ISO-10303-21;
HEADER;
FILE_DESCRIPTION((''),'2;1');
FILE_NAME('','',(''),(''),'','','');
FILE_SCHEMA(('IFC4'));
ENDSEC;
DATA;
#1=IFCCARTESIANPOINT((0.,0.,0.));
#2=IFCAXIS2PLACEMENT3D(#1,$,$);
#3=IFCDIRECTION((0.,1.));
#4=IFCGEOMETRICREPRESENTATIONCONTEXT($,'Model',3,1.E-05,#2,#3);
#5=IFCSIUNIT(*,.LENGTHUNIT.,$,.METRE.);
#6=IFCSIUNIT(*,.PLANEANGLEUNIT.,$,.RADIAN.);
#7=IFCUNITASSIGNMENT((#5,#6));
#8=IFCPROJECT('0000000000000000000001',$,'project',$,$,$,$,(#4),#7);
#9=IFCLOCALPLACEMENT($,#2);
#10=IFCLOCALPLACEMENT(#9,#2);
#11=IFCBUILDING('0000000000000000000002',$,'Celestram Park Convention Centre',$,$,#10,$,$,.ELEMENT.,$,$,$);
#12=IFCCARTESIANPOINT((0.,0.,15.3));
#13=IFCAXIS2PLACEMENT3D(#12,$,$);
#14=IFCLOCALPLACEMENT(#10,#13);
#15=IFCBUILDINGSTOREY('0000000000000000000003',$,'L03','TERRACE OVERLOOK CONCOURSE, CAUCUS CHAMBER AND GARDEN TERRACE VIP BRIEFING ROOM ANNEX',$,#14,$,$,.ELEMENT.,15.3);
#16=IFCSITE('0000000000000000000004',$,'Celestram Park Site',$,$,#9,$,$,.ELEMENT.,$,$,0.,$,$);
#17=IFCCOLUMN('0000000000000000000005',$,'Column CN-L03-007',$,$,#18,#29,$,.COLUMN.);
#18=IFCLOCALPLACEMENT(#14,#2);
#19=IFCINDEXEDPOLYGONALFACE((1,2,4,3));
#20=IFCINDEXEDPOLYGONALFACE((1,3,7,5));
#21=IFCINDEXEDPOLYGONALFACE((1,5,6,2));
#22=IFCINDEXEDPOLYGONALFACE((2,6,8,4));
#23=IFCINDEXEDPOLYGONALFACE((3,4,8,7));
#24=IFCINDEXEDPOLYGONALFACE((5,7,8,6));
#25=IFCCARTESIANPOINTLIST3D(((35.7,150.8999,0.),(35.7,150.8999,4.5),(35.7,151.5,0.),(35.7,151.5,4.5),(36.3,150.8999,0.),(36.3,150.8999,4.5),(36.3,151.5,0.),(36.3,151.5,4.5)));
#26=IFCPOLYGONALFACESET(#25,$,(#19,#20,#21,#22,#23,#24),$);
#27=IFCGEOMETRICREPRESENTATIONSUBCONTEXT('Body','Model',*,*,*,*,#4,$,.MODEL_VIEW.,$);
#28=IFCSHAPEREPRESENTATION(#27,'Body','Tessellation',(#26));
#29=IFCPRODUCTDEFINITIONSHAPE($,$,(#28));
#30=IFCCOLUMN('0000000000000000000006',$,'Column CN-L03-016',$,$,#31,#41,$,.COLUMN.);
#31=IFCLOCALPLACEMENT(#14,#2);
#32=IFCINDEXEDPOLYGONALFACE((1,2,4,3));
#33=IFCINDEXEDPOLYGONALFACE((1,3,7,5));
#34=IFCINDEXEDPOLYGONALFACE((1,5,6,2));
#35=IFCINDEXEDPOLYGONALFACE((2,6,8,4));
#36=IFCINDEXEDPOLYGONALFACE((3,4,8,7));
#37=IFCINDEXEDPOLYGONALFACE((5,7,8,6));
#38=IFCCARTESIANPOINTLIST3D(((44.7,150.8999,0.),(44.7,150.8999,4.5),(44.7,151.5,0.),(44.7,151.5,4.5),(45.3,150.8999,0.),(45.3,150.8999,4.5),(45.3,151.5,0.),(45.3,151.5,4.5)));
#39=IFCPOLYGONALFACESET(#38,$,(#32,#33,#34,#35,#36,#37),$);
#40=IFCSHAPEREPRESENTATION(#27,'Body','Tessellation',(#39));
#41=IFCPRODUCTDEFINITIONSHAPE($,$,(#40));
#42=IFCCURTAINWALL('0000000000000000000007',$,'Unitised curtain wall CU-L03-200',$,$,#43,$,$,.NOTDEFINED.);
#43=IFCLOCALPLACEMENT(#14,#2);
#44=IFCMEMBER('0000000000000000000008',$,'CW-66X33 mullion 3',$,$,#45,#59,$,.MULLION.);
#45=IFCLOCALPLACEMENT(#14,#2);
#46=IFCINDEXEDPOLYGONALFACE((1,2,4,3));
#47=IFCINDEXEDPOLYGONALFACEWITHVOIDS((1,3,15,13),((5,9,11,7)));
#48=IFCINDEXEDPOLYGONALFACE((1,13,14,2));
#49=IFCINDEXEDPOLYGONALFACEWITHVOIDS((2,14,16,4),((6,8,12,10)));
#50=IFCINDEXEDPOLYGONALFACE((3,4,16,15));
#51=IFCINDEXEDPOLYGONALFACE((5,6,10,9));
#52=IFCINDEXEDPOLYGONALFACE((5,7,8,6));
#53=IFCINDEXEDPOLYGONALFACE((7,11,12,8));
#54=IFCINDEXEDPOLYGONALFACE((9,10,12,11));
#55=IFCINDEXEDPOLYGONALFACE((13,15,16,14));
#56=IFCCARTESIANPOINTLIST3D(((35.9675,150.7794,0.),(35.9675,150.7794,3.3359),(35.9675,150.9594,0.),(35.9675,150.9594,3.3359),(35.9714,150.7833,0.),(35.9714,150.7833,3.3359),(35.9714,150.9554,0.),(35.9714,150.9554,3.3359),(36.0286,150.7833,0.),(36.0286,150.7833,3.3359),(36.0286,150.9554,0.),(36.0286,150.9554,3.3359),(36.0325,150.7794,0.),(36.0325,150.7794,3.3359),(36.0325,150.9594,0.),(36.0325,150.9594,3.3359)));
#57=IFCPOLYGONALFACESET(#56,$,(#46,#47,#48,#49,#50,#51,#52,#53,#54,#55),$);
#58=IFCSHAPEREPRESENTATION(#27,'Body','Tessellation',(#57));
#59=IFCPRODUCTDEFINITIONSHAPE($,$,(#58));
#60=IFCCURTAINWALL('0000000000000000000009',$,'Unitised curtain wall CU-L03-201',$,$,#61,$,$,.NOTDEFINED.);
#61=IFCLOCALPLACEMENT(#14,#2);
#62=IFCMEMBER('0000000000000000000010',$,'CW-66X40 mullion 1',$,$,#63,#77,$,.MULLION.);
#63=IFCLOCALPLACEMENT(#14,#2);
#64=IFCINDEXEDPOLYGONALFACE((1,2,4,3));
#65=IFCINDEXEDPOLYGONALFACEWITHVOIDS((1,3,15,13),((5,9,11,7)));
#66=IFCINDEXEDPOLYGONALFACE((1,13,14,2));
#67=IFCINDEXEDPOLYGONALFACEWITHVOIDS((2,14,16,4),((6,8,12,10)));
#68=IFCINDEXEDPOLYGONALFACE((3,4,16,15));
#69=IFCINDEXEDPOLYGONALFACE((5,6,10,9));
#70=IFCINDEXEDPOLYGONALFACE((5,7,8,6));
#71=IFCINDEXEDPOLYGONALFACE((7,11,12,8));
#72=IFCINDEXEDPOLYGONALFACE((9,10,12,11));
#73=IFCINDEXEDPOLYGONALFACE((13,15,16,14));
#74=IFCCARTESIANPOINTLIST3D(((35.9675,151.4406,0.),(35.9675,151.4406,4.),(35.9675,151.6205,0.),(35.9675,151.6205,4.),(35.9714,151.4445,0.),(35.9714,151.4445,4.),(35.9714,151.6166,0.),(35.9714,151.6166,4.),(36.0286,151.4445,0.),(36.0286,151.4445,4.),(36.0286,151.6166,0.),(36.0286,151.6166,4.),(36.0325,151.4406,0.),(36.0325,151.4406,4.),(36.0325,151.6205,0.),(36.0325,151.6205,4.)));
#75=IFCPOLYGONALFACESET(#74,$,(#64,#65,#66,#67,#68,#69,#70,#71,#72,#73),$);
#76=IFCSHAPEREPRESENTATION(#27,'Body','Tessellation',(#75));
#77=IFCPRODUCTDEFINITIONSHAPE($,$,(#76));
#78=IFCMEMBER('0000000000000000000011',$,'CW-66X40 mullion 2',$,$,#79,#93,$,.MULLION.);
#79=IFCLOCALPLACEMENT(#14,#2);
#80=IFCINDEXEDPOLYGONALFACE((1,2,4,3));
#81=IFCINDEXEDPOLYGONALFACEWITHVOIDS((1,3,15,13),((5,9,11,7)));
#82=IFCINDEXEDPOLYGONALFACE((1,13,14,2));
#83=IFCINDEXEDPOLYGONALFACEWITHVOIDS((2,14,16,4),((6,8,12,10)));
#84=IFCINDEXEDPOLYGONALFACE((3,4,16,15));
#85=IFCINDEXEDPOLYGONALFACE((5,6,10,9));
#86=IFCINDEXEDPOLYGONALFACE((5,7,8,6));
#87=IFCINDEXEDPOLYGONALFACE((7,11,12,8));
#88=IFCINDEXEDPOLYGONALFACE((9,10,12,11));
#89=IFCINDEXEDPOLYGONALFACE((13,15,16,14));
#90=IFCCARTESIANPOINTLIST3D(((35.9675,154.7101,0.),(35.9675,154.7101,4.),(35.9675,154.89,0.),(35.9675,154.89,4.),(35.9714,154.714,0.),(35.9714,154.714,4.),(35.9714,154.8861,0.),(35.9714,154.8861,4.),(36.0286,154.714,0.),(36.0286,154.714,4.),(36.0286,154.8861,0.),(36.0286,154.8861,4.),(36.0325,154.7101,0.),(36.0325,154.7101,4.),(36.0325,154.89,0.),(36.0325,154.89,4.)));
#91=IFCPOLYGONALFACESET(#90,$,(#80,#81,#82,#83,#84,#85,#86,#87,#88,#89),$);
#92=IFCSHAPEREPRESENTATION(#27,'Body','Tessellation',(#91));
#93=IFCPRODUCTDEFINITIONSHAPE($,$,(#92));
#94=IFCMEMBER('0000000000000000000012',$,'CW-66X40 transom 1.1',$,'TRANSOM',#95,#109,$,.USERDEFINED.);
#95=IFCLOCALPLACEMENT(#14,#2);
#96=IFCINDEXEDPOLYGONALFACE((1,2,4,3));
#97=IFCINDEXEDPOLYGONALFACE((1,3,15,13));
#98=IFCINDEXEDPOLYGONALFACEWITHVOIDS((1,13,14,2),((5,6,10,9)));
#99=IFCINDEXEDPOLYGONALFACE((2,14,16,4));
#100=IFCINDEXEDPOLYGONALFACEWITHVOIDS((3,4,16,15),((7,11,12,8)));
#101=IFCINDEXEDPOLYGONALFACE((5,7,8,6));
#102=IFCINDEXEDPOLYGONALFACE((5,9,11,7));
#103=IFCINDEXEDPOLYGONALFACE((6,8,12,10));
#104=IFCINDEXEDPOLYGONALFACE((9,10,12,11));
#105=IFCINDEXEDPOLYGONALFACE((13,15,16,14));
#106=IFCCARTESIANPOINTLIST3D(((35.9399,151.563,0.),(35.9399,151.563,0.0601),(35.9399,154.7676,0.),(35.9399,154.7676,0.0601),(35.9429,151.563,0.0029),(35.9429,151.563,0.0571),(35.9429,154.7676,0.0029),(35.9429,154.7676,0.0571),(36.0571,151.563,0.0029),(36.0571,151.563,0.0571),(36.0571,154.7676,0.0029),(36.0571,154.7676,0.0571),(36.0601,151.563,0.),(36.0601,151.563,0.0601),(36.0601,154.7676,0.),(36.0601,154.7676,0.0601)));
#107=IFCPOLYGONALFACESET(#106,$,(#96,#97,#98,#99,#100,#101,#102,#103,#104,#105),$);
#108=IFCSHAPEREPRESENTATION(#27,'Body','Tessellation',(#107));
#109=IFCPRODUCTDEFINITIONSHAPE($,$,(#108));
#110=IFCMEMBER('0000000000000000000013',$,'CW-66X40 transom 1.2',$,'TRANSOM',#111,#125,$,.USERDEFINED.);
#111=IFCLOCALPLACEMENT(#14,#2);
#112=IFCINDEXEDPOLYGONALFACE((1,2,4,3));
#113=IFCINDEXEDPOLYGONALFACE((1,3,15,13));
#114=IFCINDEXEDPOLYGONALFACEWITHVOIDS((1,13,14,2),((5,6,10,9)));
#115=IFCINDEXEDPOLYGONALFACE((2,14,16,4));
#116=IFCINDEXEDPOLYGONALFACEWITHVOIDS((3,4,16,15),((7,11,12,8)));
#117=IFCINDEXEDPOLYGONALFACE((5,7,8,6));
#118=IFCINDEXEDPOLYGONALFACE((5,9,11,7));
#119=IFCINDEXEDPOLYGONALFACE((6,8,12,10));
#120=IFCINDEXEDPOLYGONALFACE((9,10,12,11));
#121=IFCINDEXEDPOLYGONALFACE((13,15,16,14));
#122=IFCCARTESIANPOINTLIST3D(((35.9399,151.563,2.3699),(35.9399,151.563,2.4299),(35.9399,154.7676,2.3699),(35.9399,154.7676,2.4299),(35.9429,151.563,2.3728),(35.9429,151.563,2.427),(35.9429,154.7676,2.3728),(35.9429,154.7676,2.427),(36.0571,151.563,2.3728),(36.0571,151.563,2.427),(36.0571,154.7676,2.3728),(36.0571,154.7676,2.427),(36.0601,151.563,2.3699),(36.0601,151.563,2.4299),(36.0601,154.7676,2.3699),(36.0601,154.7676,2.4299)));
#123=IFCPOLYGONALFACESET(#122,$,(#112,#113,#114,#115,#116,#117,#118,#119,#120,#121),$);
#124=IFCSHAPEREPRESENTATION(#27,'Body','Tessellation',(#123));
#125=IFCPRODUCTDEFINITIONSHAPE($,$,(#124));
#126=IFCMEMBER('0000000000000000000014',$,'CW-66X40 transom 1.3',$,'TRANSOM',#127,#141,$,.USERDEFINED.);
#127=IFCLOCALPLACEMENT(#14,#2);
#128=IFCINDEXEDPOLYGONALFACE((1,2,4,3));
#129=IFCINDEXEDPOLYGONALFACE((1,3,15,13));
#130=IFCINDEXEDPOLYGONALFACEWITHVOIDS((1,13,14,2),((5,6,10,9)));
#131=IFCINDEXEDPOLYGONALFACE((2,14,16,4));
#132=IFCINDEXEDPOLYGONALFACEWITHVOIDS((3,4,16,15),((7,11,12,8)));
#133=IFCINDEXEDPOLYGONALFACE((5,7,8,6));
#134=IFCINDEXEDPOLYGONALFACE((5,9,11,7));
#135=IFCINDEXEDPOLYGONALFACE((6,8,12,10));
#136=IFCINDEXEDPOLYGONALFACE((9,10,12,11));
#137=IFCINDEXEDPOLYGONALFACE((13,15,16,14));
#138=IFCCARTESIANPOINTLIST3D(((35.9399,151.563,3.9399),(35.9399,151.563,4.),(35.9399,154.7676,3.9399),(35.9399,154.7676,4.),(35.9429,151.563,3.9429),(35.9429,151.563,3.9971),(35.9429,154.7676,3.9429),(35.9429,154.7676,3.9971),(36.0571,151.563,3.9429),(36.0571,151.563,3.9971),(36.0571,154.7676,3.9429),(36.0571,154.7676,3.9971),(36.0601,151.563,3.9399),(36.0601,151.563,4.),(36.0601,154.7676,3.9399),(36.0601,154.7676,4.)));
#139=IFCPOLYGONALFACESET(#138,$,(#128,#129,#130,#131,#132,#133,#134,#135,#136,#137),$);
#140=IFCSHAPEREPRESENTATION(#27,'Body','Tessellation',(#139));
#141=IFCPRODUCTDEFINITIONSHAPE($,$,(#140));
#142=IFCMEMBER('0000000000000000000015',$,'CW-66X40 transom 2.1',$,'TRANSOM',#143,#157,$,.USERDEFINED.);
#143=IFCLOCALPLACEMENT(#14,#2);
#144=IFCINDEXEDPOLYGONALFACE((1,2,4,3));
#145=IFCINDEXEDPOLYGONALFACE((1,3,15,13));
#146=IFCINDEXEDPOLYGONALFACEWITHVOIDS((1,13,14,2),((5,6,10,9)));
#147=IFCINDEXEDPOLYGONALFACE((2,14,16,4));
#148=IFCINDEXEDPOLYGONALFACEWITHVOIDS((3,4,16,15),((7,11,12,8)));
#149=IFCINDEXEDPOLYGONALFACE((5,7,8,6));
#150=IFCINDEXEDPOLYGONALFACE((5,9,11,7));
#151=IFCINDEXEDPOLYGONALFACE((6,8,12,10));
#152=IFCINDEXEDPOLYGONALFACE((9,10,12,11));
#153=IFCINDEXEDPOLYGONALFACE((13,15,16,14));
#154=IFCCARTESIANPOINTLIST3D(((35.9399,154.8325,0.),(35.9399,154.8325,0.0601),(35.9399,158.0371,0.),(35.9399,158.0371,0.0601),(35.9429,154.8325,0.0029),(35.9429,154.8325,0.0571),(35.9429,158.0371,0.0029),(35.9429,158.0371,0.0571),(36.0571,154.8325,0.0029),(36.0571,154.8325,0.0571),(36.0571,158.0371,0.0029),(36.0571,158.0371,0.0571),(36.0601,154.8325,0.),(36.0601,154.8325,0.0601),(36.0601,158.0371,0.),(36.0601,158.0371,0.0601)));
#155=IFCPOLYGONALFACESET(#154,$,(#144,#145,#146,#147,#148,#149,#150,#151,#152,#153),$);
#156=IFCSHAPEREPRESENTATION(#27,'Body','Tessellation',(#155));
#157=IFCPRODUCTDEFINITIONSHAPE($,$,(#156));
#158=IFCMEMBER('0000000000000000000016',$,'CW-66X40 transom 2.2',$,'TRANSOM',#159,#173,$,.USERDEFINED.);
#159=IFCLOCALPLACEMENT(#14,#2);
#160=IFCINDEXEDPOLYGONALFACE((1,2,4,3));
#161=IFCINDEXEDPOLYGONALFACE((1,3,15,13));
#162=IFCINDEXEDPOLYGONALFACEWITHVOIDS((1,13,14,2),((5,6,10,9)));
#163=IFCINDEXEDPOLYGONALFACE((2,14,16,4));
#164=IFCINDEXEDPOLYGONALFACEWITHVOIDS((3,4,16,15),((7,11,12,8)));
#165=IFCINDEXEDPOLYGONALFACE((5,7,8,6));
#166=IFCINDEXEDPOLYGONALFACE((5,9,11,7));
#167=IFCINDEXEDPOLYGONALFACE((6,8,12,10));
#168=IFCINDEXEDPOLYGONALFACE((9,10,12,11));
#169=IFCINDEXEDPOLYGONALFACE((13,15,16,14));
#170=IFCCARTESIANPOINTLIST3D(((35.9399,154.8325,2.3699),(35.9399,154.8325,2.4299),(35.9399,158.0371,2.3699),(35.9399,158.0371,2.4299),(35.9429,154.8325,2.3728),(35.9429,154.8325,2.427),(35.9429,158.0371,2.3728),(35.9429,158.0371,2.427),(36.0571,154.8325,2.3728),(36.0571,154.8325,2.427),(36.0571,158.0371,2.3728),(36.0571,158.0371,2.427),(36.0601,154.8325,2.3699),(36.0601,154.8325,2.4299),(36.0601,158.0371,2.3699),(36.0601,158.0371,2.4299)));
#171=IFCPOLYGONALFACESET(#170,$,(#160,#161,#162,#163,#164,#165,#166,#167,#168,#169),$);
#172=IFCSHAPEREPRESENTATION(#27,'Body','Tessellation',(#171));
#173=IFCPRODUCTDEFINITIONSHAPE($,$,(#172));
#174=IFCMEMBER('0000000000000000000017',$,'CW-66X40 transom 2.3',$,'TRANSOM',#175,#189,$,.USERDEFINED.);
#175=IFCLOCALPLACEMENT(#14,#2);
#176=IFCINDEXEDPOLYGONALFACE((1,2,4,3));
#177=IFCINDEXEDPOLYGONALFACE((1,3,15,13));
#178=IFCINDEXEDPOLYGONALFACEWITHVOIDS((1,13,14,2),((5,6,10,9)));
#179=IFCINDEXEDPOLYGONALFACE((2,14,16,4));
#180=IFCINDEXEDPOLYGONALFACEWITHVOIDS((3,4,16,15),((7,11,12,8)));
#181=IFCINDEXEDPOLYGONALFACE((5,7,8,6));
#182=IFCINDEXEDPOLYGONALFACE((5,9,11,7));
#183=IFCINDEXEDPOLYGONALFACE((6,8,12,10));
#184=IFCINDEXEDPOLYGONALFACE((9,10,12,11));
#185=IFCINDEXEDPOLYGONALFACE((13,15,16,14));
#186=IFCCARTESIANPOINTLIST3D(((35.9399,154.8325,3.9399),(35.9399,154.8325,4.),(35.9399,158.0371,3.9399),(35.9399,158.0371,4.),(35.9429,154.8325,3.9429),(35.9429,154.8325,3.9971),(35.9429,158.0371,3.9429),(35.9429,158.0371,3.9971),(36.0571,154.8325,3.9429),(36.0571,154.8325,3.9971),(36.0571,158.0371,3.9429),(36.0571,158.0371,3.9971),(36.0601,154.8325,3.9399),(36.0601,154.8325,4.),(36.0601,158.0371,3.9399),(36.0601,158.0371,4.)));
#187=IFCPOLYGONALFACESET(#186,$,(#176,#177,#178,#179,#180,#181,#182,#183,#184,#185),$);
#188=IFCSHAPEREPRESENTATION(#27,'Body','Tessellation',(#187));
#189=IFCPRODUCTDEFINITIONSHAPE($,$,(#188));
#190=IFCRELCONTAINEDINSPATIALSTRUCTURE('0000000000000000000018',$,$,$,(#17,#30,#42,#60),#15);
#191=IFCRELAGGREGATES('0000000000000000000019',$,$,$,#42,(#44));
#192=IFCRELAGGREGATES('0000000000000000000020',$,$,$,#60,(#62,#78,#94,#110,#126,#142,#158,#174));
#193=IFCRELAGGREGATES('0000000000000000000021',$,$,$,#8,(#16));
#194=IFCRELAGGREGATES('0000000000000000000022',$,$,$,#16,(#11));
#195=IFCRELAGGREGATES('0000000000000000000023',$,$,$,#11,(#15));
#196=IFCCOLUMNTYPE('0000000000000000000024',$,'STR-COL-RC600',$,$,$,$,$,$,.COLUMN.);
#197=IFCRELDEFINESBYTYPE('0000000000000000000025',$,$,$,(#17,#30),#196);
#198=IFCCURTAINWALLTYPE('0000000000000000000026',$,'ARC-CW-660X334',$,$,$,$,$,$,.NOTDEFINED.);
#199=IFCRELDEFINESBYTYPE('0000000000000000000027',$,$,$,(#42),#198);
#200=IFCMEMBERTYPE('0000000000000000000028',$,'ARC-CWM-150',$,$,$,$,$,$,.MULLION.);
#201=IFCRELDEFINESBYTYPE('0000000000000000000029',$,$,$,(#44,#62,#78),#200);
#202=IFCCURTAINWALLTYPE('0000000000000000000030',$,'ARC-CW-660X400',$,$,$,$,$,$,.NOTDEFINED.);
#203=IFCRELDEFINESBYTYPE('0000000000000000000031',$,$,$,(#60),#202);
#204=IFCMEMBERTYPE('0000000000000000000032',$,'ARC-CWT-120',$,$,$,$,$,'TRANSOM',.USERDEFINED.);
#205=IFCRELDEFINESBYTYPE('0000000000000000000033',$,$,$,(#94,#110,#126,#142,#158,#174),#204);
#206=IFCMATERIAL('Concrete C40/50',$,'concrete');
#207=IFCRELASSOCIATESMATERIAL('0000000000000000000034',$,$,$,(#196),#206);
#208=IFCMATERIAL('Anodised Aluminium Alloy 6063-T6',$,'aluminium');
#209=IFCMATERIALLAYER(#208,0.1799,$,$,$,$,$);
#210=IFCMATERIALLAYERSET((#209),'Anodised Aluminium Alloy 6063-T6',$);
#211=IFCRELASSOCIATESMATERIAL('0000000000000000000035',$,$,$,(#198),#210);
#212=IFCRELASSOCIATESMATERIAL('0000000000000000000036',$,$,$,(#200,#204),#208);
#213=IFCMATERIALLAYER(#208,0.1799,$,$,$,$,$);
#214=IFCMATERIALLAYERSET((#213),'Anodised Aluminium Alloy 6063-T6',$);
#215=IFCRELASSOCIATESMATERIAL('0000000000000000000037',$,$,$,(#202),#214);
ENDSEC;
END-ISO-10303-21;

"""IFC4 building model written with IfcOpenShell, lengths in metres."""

from ifc_helpers import new_model, si_unit, direction, frame, origin, origin_2d, place, context, subcontext, project, spatial, rectangle, hollow_rectangle, extrude, material, layer, layer_set, material_profile, profile_set, type_object, element, aggregate, save


model = new_model("IFC4")

# Units and contexts
model_context = context("Model", 3, precision=1e-05, world=origin(), true_north=direction((0.0, 1.0)))
body_context = subcontext(model_context, "Body", "Model", "MODEL_VIEW")
ifc_project = project(units=[si_unit("LENGTHUNIT", "METRE"), si_unit("PLANEANGLEUNIT", "RADIAN")], contexts=[model_context])

# Site, building, storey
site_placement = place(None, origin())
site = spatial("IfcSite", under=ifc_project, at=site_placement, Name="Celestram Park Site", CompositionType="ELEMENT", RefElevation=0.0)
building_placement = place(site_placement, origin())
building = spatial("IfcBuilding", under=site, at=building_placement, Name="Celestram Park Convention Centre", CompositionType="ELEMENT")
storey_placement = place(building_placement, frame((0.0, 0.0, 15.3)))
storey = spatial("IfcBuildingStorey", under=building, at=storey_placement, Name="L03", Description="TERRACE OVERLOOK CONCOURSE, CAUCUS CHAMBER AND GARDEN TERRACE VIP BRIEFING ROOM ANNEX", CompositionType="ELEMENT", Elevation=15.3)

# Columns
ifc_material_1 = material(Name="Concrete C40/50", Category="concrete")
ifc_material_profile_1 = material_profile(ifc_material_1, rectangle(XDim=0.6001, YDim=0.6001, at=origin_2d()), Name="RC600X600")
ifc_profile_set_1 = profile_set([ifc_material_profile_1], Name="Concrete C40/50")
column_type = type_object("IfcColumnType", Name="STR-COL-RC600", PredefinedType="COLUMN", material=ifc_profile_set_1)
for number, where, z_axis, x_axis, name in (
    (1, (36.0, 151.2, 0.0), (0.0, 0.0, 1.0), (1.0, 0.0, 0.0), "Column CN-L03-007"),
    (2, (45.0, 151.2, 0.0), (0.0, 0.0, 1.0), (1.0, 0.0, 0.0), "Column CN-L03-016"),
):
    element("IfcColumn", number, at=place(storey_placement, frame(where, z_axis=z_axis, x_axis=x_axis)), inside=storey, type_object=column_type, Name=name, PredefinedType="COLUMN", context=body_context, shape_type="SweptSolid", body=[
        extrude(rectangle(XDim=0.6001, YDim=0.6001, at=origin_2d()), origin(), (0.0, 0.0, 1.0), 4.5),
    ])

# Curtain wall, member
ifc_material_2 = material(Name="Anodised Aluminium Alloy 6063-T6", Category="aluminium")
ifc_layer_1 = layer(ifc_material_2, 0.1799)
ifc_layer_set_1 = layer_set([ifc_layer_1], Name="Anodised Aluminium Alloy 6063-T6")
curtain_wall_type_1 = type_object("IfcCurtainWallType", Name="ARC-CW-660X334", PredefinedType="NOTDEFINED", material=ifc_layer_set_1)
curtain_wall_1_placement = place(storey_placement, origin())
curtain_wall_1 = element("IfcCurtainWall", 3, at=curtain_wall_1_placement, inside=storey, type_object=curtain_wall_type_1, Name="Unitised curtain wall CU-L03-200", PredefinedType="NOTDEFINED")
ifc_material_profile_2 = material_profile(ifc_material_2, hollow_rectangle(XDim=0.0649, YDim=0.1799, WallThickness=0.0039, at=origin_2d()), Name="ALU65X180X4")
ifc_profile_set_2 = profile_set([ifc_material_profile_2], Name="Anodised Aluminium Alloy 6063-T6")
member_type_1 = type_object("IfcMemberType", Name="ARC-CWM-150", PredefinedType="MULLION", material=ifc_profile_set_2)
member_1_placement = place(storey_placement, frame((36.0, 150.8694, 0.0), z_axis=(0.0, 0.0, 1.0), x_axis=(-1.0, 0.0, 0.0)))
member_1 = element("IfcMember", 4, at=member_1_placement, type_object=member_type_1, Name="CW-66X33 mullion 3", PredefinedType="MULLION", context=body_context, shape_type="SweptSolid", body=[
    extrude(hollow_rectangle(XDim=0.0649, YDim=0.1799, WallThickness=0.0039, at=origin_2d()), origin(), (0.0, 0.0, 1.0), 3.3359),
])
aggregate(curtain_wall_1, [member_1])

# Curtain wall, members
ifc_layer_2 = layer(ifc_material_2, 0.1799)
ifc_layer_set_2 = layer_set([ifc_layer_2], Name="Anodised Aluminium Alloy 6063-T6")
curtain_wall_type_2 = type_object("IfcCurtainWallType", Name="ARC-CW-660X400", PredefinedType="NOTDEFINED", material=ifc_layer_set_2)
curtain_wall_2_placement = place(storey_placement, origin())
curtain_wall_2 = element("IfcCurtainWall", 5, at=curtain_wall_2_placement, inside=storey, type_object=curtain_wall_type_2, Name="Unitised curtain wall CU-L03-201", PredefinedType="NOTDEFINED")
member_2_placement = place(storey_placement, frame((36.0, 151.5305, 0.0), z_axis=(0.0, 0.0, 1.0), x_axis=(-1.0, 0.0, 0.0)))
member_2 = element("IfcMember", 6, at=member_2_placement, type_object=member_type_1, Name="CW-66X40 mullion 1", PredefinedType="MULLION", context=body_context, shape_type="SweptSolid", body=[
    extrude(hollow_rectangle(XDim=0.0649, YDim=0.1799, WallThickness=0.0039, at=origin_2d()), origin(), (0.0, 0.0, 1.0), 4.0),
])
member_3_placement = place(storey_placement, frame((36.0, 154.8, 0.0), z_axis=(0.0, 0.0, 1.0), x_axis=(-1.0, 0.0, 0.0)))
member_3 = element("IfcMember", 7, at=member_3_placement, type_object=member_type_1, Name="CW-66X40 mullion 2", PredefinedType="MULLION", context=body_context, shape_type="SweptSolid", body=[
    extrude(hollow_rectangle(XDim=0.0649, YDim=0.1799, WallThickness=0.0039, at=origin_2d()), origin(), (0.0, 0.0, 1.0), 4.0),
])
ifc_material_profile_3 = material_profile(ifc_material_2, hollow_rectangle(XDim=0.1201, YDim=0.0601, WallThickness=0.0029, at=origin_2d()), Name="ALU120X60X3")
ifc_profile_set_3 = profile_set([ifc_material_profile_3], Name="Anodised Aluminium Alloy 6063-T6")
member_type_2 = type_object("IfcMemberType", Name="ARC-CWT-120", ElementType="TRANSOM", PredefinedType="USERDEFINED", material=ifc_profile_set_3)
member_4_placement = place(storey_placement, frame((36.0, 151.563, 0.03), z_axis=(0.0, 1.0, 0.0), x_axis=(-1.0, 0.0, 0.0)))
member_4 = element("IfcMember", 8, at=member_4_placement, type_object=member_type_2, Name="CW-66X40 transom 1.1", ObjectType="TRANSOM", PredefinedType="USERDEFINED", context=body_context, shape_type="SweptSolid", body=[
    extrude(hollow_rectangle(XDim=0.1201, YDim=0.0601, WallThickness=0.0029, at=origin_2d()), origin(), (0.0, 0.0, 1.0), 3.2046),
])
member_5_placement = place(storey_placement, frame((36.0, 151.563, 2.3999), z_axis=(0.0, 1.0, 0.0), x_axis=(-1.0, 0.0, 0.0)))
member_5 = element("IfcMember", 9, at=member_5_placement, type_object=member_type_2, Name="CW-66X40 transom 1.2", ObjectType="TRANSOM", PredefinedType="USERDEFINED", context=body_context, shape_type="SweptSolid", body=[
    extrude(hollow_rectangle(XDim=0.1201, YDim=0.0601, WallThickness=0.0029, at=origin_2d()), origin(), (0.0, 0.0, 1.0), 3.2046),
])
member_6_placement = place(storey_placement, frame((36.0, 151.563, 3.97), z_axis=(0.0, 1.0, 0.0), x_axis=(-1.0, 0.0, 0.0)))
member_6 = element("IfcMember", 10, at=member_6_placement, type_object=member_type_2, Name="CW-66X40 transom 1.3", ObjectType="TRANSOM", PredefinedType="USERDEFINED", context=body_context, shape_type="SweptSolid", body=[
    extrude(hollow_rectangle(XDim=0.1201, YDim=0.0601, WallThickness=0.0029, at=origin_2d()), origin(), (0.0, 0.0, 1.0), 3.2046),
])
member_7_placement = place(storey_placement, frame((36.0, 154.8325, 0.03), z_axis=(0.0, 1.0, 0.0), x_axis=(-1.0, 0.0, 0.0)))
member_7 = element("IfcMember", 11, at=member_7_placement, type_object=member_type_2, Name="CW-66X40 transom 2.1", ObjectType="TRANSOM", PredefinedType="USERDEFINED", context=body_context, shape_type="SweptSolid", body=[
    extrude(hollow_rectangle(XDim=0.1201, YDim=0.0601, WallThickness=0.0029, at=origin_2d()), origin(), (0.0, 0.0, 1.0), 3.2046),
])
member_8_placement = place(storey_placement, frame((36.0, 154.8325, 2.3999), z_axis=(0.0, 1.0, 0.0), x_axis=(-1.0, 0.0, 0.0)))
member_8 = element("IfcMember", 12, at=member_8_placement, type_object=member_type_2, Name="CW-66X40 transom 2.2", ObjectType="TRANSOM", PredefinedType="USERDEFINED", context=body_context, shape_type="SweptSolid", body=[
    extrude(hollow_rectangle(XDim=0.1201, YDim=0.0601, WallThickness=0.0029, at=origin_2d()), origin(), (0.0, 0.0, 1.0), 3.2046),
])
member_9_placement = place(storey_placement, frame((36.0, 154.8325, 3.97), z_axis=(0.0, 1.0, 0.0), x_axis=(-1.0, 0.0, 0.0)))
member_9 = element("IfcMember", 13, at=member_9_placement, type_object=member_type_2, Name="CW-66X40 transom 2.3", ObjectType="TRANSOM", PredefinedType="USERDEFINED", context=body_context, shape_type="SweptSolid", body=[
    extrude(hollow_rectangle(XDim=0.1201, YDim=0.0601, WallThickness=0.0029, at=origin_2d()), origin(), (0.0, 0.0, 1.0), 3.2046),
])

aggregate(curtain_wall_2, [member_2, member_3, member_4, member_5, member_6, member_7, member_8, member_9])

save(model, "model.ifc")
